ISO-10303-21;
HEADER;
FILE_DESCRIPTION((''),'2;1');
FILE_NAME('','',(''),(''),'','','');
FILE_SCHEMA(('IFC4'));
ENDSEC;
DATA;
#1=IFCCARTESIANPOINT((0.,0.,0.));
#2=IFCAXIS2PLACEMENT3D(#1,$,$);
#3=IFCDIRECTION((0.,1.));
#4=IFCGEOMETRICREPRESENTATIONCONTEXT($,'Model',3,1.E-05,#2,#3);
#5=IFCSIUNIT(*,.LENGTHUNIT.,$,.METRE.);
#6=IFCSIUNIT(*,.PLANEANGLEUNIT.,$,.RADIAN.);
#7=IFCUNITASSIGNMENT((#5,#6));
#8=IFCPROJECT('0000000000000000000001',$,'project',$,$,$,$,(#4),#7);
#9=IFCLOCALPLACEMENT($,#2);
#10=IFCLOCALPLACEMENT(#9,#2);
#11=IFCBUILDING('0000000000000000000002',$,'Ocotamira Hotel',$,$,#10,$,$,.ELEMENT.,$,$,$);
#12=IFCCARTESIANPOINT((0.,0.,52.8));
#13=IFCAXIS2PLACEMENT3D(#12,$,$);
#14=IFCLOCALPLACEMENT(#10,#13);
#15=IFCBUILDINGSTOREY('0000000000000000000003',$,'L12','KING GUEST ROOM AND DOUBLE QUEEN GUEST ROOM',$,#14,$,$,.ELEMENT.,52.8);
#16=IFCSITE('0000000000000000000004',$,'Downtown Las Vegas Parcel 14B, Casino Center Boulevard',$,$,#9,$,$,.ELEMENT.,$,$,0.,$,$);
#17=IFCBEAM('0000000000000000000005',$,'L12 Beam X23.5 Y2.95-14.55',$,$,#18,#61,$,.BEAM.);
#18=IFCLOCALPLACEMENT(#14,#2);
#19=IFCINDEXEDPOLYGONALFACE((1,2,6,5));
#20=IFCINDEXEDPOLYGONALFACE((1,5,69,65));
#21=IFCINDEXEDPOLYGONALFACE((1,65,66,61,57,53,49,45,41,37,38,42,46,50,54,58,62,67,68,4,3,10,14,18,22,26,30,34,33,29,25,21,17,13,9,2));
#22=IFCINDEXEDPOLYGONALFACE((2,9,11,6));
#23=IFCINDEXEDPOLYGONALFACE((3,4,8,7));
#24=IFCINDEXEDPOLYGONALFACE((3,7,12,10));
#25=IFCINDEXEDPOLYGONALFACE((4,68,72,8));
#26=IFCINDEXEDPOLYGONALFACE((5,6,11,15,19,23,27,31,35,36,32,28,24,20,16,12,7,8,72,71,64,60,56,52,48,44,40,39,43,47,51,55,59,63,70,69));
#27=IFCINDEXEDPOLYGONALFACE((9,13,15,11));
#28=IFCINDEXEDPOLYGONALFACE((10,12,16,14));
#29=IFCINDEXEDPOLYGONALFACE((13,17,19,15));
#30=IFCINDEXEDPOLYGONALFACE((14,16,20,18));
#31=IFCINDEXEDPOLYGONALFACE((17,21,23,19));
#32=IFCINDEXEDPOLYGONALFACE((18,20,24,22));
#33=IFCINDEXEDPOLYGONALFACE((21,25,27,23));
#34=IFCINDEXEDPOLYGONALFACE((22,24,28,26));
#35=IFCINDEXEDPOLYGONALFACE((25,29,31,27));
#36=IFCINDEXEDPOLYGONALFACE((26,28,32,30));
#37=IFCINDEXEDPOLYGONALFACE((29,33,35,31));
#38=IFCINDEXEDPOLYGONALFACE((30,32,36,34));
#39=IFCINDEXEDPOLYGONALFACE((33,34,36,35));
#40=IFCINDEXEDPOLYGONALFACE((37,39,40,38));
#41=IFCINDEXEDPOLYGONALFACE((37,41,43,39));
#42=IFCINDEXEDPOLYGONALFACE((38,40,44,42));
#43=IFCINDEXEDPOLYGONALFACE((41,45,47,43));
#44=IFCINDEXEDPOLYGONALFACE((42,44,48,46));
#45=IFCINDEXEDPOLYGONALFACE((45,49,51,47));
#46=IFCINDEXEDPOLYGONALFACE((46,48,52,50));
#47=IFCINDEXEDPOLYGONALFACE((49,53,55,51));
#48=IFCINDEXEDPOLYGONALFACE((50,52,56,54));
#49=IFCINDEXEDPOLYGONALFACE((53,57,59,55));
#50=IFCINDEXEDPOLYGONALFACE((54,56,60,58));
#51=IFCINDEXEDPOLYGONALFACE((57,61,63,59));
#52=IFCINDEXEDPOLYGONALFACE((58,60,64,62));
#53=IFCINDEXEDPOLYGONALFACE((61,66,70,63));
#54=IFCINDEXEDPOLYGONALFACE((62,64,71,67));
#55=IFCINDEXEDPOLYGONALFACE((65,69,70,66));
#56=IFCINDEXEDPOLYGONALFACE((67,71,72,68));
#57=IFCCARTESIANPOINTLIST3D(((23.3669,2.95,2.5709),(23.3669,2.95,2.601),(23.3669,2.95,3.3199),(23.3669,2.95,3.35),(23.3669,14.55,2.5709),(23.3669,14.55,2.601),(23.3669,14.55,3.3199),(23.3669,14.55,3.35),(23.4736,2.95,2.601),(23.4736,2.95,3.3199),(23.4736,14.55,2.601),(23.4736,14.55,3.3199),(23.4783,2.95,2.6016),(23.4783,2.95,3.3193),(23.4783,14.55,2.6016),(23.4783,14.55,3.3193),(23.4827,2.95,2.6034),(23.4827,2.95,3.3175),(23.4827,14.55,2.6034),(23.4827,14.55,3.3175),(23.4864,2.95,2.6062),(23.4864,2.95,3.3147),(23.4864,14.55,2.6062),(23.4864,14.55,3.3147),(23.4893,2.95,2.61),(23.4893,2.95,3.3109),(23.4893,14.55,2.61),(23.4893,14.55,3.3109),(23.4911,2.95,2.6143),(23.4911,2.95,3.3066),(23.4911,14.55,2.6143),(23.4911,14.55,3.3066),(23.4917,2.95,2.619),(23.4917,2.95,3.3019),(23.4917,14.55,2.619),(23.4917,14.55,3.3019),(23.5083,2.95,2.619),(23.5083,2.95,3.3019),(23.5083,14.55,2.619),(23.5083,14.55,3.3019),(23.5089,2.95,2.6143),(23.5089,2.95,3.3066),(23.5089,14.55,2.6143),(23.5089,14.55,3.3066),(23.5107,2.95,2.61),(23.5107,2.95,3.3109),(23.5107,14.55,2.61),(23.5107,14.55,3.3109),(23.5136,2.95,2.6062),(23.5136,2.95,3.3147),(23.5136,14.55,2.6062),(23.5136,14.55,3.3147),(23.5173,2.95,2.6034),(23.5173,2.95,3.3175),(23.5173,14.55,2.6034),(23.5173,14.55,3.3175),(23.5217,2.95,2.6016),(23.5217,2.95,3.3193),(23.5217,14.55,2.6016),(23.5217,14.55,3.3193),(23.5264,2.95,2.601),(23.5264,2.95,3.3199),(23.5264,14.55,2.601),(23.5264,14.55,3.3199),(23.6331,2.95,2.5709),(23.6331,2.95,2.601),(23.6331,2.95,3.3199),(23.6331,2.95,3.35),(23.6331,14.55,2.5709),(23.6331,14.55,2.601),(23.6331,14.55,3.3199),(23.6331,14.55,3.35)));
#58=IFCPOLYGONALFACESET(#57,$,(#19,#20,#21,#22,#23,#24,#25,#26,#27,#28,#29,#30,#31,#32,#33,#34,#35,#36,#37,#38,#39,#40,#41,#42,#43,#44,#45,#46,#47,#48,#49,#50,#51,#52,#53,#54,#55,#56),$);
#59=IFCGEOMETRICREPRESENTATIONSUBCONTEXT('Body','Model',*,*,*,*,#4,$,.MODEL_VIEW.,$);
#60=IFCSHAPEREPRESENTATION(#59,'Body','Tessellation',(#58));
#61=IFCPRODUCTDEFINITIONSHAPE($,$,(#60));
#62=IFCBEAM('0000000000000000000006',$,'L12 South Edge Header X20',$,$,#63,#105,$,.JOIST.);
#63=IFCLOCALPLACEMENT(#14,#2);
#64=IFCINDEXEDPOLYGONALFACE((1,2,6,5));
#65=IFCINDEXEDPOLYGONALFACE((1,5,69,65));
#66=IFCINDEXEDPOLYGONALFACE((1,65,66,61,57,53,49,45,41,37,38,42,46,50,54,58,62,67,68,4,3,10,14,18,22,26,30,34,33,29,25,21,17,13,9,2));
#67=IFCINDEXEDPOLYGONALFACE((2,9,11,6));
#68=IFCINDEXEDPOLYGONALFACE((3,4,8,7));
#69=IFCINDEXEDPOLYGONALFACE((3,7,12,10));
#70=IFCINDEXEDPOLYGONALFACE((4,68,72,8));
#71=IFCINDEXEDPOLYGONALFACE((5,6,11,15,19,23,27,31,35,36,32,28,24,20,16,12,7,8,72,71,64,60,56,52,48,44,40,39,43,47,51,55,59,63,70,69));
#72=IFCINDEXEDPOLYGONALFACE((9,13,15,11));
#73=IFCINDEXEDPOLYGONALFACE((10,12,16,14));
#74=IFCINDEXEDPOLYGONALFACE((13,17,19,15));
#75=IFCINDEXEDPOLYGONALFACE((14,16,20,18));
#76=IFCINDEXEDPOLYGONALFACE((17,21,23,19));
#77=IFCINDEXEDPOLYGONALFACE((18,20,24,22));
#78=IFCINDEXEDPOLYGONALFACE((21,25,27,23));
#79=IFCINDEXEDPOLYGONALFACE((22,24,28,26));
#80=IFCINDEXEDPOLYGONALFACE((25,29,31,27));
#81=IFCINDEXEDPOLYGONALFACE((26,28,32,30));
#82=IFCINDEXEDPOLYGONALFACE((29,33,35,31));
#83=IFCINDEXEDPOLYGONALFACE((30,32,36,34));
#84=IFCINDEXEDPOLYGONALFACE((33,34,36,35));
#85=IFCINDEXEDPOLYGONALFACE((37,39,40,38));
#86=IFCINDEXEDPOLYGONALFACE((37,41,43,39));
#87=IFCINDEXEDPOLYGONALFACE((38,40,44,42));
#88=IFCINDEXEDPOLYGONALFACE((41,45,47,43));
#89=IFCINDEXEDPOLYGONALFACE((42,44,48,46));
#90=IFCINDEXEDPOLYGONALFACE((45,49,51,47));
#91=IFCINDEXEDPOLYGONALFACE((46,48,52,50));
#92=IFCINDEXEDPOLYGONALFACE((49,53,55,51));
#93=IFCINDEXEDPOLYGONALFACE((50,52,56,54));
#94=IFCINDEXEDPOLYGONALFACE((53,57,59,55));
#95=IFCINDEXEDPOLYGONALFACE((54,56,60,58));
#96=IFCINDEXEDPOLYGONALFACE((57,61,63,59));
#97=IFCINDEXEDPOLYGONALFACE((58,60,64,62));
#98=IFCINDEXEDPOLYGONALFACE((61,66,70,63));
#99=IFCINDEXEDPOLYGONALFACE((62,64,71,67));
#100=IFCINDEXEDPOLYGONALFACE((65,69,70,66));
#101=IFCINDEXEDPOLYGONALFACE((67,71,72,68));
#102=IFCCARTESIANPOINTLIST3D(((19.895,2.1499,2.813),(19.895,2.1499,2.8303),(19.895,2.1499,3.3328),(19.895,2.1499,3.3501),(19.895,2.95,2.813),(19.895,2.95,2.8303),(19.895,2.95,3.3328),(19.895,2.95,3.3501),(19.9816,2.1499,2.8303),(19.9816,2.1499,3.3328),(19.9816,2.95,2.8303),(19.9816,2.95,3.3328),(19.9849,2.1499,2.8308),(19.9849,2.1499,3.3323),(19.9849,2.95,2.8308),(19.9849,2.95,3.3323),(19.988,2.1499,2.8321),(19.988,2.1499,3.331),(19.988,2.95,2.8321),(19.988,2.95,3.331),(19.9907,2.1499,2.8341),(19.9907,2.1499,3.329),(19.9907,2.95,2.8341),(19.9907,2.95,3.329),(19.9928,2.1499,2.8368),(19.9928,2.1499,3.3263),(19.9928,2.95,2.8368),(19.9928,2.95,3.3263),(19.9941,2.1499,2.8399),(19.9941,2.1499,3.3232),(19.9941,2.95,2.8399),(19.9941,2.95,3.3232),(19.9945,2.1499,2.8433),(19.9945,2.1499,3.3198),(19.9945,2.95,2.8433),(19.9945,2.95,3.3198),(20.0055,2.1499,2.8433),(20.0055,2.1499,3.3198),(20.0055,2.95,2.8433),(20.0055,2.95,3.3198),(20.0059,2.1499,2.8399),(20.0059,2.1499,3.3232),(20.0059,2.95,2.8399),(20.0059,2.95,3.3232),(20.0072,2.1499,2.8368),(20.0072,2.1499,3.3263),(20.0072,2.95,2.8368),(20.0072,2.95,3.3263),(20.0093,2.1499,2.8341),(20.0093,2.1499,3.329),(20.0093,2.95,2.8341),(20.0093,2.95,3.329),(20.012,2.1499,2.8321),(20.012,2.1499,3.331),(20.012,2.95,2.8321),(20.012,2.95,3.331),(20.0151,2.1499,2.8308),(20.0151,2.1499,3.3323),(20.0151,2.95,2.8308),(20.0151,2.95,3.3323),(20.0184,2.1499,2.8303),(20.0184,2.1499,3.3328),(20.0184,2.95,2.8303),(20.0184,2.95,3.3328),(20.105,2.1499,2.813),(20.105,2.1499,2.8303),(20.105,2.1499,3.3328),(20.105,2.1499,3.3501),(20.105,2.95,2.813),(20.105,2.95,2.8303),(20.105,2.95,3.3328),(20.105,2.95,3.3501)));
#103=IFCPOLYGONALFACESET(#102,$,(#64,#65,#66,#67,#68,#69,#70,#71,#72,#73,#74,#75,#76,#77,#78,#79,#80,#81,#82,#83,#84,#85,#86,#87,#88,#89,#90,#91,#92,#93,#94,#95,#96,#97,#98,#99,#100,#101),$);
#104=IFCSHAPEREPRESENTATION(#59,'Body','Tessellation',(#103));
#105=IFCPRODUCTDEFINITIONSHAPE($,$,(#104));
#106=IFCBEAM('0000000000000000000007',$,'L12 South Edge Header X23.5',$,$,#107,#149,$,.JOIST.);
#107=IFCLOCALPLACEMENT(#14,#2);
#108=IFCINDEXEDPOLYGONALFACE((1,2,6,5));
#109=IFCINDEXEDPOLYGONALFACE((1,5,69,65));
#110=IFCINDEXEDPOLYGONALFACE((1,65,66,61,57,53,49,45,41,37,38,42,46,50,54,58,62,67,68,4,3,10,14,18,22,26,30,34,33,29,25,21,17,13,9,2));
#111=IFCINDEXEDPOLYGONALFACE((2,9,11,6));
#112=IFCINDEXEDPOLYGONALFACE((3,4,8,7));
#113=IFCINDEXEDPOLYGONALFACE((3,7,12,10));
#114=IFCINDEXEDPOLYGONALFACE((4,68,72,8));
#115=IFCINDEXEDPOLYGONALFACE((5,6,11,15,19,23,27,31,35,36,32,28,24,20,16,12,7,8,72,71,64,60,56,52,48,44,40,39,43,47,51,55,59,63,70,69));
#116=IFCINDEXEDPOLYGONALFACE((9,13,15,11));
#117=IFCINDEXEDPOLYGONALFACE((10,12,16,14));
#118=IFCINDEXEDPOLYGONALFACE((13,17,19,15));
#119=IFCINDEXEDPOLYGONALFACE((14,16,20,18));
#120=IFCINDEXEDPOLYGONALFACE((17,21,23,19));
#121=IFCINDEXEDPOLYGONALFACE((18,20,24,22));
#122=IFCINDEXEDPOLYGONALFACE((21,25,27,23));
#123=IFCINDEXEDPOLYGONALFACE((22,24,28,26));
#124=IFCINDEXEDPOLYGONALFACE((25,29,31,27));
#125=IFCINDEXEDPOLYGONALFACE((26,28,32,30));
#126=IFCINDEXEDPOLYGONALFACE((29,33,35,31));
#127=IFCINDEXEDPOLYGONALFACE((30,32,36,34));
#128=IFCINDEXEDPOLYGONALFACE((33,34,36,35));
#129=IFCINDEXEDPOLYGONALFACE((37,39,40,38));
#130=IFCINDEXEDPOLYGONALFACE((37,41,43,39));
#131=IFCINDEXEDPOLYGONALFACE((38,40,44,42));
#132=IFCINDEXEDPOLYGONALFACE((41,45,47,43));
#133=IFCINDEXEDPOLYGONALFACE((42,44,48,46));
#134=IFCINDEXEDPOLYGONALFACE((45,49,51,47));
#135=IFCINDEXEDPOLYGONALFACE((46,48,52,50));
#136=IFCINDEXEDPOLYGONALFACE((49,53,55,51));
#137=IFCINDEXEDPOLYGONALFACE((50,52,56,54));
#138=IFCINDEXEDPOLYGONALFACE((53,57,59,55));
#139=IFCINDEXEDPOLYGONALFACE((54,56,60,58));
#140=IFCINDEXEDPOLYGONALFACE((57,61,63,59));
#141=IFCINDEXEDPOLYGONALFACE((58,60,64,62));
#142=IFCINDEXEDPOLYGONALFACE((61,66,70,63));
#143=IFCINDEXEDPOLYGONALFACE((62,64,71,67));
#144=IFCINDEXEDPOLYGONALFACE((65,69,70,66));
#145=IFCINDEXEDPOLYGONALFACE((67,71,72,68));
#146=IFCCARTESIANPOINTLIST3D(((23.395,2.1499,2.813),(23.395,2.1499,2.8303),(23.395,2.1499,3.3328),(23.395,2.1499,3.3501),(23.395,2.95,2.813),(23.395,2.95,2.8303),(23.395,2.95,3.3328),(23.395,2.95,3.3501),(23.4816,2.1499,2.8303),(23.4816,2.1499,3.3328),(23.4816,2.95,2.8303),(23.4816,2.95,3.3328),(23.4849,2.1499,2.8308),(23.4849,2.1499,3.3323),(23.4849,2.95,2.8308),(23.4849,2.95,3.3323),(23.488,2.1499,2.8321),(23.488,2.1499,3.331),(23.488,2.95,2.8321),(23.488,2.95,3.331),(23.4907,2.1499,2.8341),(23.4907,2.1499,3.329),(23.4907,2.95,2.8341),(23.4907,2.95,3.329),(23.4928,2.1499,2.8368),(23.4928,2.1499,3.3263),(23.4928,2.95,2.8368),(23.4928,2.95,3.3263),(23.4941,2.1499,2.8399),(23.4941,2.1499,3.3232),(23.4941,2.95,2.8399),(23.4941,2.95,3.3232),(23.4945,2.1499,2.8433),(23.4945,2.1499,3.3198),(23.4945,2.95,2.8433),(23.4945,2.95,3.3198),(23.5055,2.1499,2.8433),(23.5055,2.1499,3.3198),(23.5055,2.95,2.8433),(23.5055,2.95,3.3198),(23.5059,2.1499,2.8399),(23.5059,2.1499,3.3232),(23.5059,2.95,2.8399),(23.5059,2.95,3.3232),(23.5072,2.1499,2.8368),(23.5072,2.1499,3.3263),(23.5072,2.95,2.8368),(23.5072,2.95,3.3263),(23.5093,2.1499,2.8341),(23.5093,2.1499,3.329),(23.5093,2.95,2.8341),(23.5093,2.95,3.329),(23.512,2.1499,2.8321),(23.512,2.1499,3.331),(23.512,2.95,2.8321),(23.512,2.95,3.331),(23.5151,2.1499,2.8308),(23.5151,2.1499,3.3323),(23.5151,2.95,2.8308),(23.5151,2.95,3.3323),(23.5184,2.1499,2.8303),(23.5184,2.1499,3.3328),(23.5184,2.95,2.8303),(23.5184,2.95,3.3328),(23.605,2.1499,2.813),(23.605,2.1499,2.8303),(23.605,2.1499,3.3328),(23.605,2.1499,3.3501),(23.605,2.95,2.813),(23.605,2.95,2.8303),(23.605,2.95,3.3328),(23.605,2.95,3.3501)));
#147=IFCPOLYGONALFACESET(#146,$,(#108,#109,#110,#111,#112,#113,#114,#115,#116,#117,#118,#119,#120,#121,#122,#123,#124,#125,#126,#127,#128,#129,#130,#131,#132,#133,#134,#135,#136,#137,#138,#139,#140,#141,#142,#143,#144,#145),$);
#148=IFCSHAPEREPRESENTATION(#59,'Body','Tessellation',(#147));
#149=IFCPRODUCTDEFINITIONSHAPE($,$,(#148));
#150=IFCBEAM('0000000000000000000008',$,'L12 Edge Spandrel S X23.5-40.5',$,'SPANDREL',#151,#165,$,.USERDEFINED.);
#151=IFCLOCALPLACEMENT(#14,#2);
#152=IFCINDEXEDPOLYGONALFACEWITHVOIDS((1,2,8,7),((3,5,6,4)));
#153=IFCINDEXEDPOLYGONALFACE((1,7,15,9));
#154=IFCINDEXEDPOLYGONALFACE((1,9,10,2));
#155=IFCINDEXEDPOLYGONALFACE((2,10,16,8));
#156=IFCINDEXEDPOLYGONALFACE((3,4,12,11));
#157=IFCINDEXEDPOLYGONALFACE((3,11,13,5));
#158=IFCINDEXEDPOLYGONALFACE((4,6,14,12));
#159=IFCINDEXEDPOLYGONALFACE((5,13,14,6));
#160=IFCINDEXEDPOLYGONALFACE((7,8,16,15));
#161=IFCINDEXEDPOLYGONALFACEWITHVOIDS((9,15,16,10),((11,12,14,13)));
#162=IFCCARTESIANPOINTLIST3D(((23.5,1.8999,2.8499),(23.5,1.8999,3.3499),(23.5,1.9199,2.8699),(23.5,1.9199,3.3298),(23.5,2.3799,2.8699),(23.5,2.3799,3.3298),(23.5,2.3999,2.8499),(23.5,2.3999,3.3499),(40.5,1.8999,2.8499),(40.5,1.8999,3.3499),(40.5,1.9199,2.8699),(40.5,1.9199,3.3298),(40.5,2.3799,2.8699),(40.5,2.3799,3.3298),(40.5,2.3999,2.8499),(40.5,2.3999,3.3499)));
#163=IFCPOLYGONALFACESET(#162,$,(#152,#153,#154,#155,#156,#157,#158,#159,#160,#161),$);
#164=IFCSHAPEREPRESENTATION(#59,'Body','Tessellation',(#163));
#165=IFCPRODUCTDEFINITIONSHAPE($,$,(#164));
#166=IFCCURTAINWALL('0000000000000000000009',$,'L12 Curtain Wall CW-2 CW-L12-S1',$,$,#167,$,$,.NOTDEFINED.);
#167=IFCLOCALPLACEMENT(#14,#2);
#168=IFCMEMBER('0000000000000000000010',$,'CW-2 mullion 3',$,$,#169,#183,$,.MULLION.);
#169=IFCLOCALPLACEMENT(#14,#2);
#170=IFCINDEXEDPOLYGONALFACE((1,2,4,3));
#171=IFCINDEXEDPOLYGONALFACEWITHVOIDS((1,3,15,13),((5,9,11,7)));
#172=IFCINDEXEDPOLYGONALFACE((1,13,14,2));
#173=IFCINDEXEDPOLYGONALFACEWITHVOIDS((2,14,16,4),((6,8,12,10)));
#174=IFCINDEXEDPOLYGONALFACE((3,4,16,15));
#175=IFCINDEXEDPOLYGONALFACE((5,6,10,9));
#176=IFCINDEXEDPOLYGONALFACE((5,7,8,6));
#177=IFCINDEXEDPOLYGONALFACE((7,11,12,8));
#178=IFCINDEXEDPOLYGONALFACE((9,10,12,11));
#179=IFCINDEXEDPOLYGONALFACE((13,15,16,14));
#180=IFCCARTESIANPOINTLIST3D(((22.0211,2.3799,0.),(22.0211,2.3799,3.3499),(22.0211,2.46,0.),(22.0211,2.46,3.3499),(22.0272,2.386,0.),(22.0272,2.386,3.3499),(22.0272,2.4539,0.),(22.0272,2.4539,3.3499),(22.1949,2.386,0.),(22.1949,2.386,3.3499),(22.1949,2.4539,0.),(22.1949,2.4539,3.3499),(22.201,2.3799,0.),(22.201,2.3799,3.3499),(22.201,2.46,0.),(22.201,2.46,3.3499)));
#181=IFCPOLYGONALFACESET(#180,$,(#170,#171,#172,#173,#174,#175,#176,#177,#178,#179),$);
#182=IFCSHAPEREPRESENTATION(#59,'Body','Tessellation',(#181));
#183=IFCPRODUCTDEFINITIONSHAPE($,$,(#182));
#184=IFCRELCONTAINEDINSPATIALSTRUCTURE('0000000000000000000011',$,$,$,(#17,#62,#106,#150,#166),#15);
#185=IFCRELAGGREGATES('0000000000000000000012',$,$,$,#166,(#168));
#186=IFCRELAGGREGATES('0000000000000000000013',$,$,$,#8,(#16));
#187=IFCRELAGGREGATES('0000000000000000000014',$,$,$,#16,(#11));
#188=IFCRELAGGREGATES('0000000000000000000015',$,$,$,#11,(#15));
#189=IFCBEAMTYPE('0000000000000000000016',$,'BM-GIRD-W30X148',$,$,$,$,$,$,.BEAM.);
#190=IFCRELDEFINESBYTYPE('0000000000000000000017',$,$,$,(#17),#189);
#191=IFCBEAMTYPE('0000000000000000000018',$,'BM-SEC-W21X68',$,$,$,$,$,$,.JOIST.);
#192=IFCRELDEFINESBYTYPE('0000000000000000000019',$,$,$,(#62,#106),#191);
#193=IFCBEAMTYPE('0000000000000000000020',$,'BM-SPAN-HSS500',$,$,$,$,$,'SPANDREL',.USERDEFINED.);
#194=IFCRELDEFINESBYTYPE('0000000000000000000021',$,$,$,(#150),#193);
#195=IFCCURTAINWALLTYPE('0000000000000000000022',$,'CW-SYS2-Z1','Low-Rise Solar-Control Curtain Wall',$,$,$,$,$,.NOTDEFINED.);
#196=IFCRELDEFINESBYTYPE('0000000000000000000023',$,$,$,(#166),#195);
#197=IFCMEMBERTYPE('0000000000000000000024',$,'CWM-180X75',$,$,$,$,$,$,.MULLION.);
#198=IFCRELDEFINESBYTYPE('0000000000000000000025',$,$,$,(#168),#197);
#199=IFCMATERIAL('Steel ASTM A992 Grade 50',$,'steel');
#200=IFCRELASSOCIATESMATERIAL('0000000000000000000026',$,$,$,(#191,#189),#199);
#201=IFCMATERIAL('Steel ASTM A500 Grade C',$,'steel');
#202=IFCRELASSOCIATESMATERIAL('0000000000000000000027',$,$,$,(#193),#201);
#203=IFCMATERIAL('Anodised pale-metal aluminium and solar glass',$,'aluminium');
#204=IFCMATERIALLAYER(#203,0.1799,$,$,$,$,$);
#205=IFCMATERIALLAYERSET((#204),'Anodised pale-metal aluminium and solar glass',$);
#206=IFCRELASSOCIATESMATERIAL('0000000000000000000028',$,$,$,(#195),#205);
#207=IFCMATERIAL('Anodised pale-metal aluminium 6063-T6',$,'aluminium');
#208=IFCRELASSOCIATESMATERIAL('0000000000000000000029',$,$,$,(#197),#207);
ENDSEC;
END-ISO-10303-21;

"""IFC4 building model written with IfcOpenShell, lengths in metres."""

from ifc_helpers import new_model, si_unit, direction, frame, origin, origin_2d, place, context, subcontext, project, spatial, hollow_rectangle, i_section, extrude, source, transform, mapped, material, layer, layer_set, material_profile, profile_set, type_object, element, aggregate, save


model = new_model("IFC4")

# Units and contexts
model_context = context("Model", 3, precision=1e-05, world=origin(), true_north=direction((0.0, 1.0)))
body_context = subcontext(model_context, "Body", "Model", "MODEL_VIEW")
ifc_project = project(units=[si_unit("LENGTHUNIT", "METRE"), si_unit("PLANEANGLEUNIT", "RADIAN")], contexts=[model_context])

# Site, building, storey
site_placement = place(None, origin())
site = spatial("IfcSite", under=ifc_project, at=site_placement, Name="Downtown Las Vegas Parcel 14B, Casino Center Boulevard", CompositionType="ELEMENT", RefElevation=0.0)
building_placement = place(site_placement, origin())
building = spatial("IfcBuilding", under=site, at=building_placement, Name="Ocotamira Hotel", CompositionType="ELEMENT")
storey_placement = place(building_placement, frame((0.0, 0.0, 52.8)))
storey = spatial("IfcBuildingStorey", under=building, at=storey_placement, Name="L12", Description="KING GUEST ROOM AND DOUBLE QUEEN GUEST ROOM", CompositionType="ELEMENT", Elevation=52.8)

# Beams
ifc_material_1 = material(Name="Steel ASTM A992 Grade 50", Category="steel")
ifc_material_profile_1 = material_profile(ifc_material_1, i_section(OverallWidth=0.21, OverallDepth=0.5371, WebThickness=0.011, FlangeThickness=0.0173, FilletRadius=0.0129, at=origin_2d()), Name="W21X68")
ifc_profile_set_1 = profile_set([ifc_material_profile_1], Name="Steel ASTM A992 Grade 50")
beam_type_1 = type_object("IfcBeamType", Name="BM-SEC-W21X68", PredefinedType="JOIST", material=ifc_profile_set_1)
ifc_material_profile_2 = material_profile(ifc_material_1, i_section(OverallWidth=0.2661, OverallDepth=0.7791, WebThickness=0.0166, FlangeThickness=0.03, FilletRadius=0.0181, at=origin_2d()), Name="W30X148")
ifc_profile_set_2 = profile_set([ifc_material_profile_2], Name="Steel ASTM A992 Grade 50")
beam_type_2 = type_object("IfcBeamType", Name="BM-GIRD-W30X148", PredefinedType="BEAM", material=ifc_profile_set_2)
shared_shape_1 = source(origin(), body_context, "Body", "SweptSolid", [
    extrude(i_section(OverallWidth=0.2661, OverallDepth=0.7791, WebThickness=0.0166, FlangeThickness=0.03, FilletRadius=0.0181, at=origin_2d()), origin(), (0.0, 0.0, 1.0), 11.6001),
])
beam_1_placement = place(storey_placement, frame((23.5, 2.95, 2.9604), z_axis=(0.0, 1.0, 0.0), x_axis=(-1.0, 0.0, 0.0)))
element("IfcBeam", 1, at=beam_1_placement, inside=storey, type_object=beam_type_2, Name="L12 Beam X23.5 Y2.95-14.55", PredefinedType="BEAM", context=body_context, shape_type="MappedRepresentation", body=[
    mapped(shared_shape_1, transform((0.0, 0.0, 0.0), scale=1.0)),
])
shared_shape_2 = source(origin(), body_context, "Body", "SweptSolid", [
    extrude(i_section(OverallWidth=0.21, OverallDepth=0.5371, WebThickness=0.011, FlangeThickness=0.0173, FilletRadius=0.0129, at=origin_2d()), origin(), (0.0, 0.0, 1.0), 0.8),
])
for number, where, z_axis, x_axis, name in (
    (2, (20.0, 2.95, 3.0815), (0.0, -1.0, 0.0), (1.0, 0.0, 0.0), "L12 South Edge Header X20"),
    (3, (23.5, 2.95, 3.0815), (0.0, -1.0, 0.0), (1.0, 0.0, 0.0), "L12 South Edge Header X23.5"),
):
    element("IfcBeam", number, at=place(storey_placement, frame(where, z_axis=z_axis, x_axis=x_axis)), inside=storey, type_object=beam_type_1, Name=name, PredefinedType="JOIST", context=body_context, shape_type="MappedRepresentation", body=[
        mapped(shared_shape_2, transform((0.0, 0.0, 0.0), scale=1.0)),
    ])
ifc_material_2 = material(Name="Steel ASTM A500 Grade C", Category="steel")
ifc_material_profile_3 = material_profile(ifc_material_2, hollow_rectangle(XDim=0.5, YDim=0.5, WallThickness=0.02, at=origin_2d()), Name="HSS500X500X20")
ifc_profile_set_3 = profile_set([ifc_material_profile_3], Name="Steel ASTM A500 Grade C")
beam_type_3 = type_object("IfcBeamType", Name="BM-SPAN-HSS500", ElementType="SPANDREL", PredefinedType="USERDEFINED", material=ifc_profile_set_3)
shared_shape_3 = source(origin(), body_context, "Body", "SweptSolid", [
    extrude(hollow_rectangle(XDim=0.5, YDim=0.5, WallThickness=0.02, at=origin_2d()), origin(), (0.0, 0.0, 1.0), 17.0),
])
beam_2_placement = place(storey_placement, frame((23.5, 2.1499, 3.0999), z_axis=(1.0, 0.0, 0.0), x_axis=(0.0, 1.0, 0.0)))
element("IfcBeam", 4, at=beam_2_placement, inside=storey, type_object=beam_type_3, Name="L12 Edge Spandrel S X23.5-40.5", ObjectType="SPANDREL", PredefinedType="USERDEFINED", context=body_context, shape_type="MappedRepresentation", body=[
    mapped(shared_shape_3, transform((0.0, 0.0, 0.0), scale=1.0)),
])

# Curtain wall, member
ifc_material_3 = material(Name="Anodised pale-metal aluminium and solar glass", Category="aluminium")
ifc_layer_1 = layer(ifc_material_3, 0.1799)
ifc_layer_set_1 = layer_set([ifc_layer_1], Name="Anodised pale-metal aluminium and solar glass")
curtain_wall_type = type_object("IfcCurtainWallType", Name="CW-SYS2-Z1", Description="Low-Rise Solar-Control Curtain Wall", PredefinedType="NOTDEFINED", material=ifc_layer_set_1)
curtain_wall_placement = place(storey_placement, origin())
curtain_wall = element("IfcCurtainWall", 5, at=curtain_wall_placement, inside=storey, type_object=curtain_wall_type, Name="L12 Curtain Wall CW-2 CW-L12-S1", PredefinedType="NOTDEFINED")
ifc_material_4 = material(Name="Anodised pale-metal aluminium 6063-T6", Category="aluminium")
ifc_material_profile_4 = material_profile(ifc_material_4, hollow_rectangle(XDim=0.0801, YDim=0.1799, WallThickness=0.0061, at=origin_2d()), Name="HSS180X80X6")
ifc_profile_set_4 = profile_set([ifc_material_profile_4], Name="Anodised pale-metal aluminium 6063-T6")
member_type_1 = type_object("IfcMemberType", Name="CWM-180X75", PredefinedType="MULLION", material=ifc_profile_set_4)
shared_shape_4 = source(origin(), body_context, "Body", "SweptSolid", [
    extrude(hollow_rectangle(XDim=0.0801, YDim=0.1799, WallThickness=0.0061, at=origin_2d()), origin(), (0.0, 0.0, 1.0), 3.3499),
])
member_1_placement = place(storey_placement, frame((22.1111, 2.4199, 0.0), z_axis=(0.0, 0.0, 1.0), x_axis=(0.0, 1.0, 0.0)))
member_1 = element("IfcMember", 6, at=member_1_placement, type_object=member_type_1, Name="CW-2 mullion 3", PredefinedType="MULLION", context=body_context, shape_type="MappedRepresentation", body=[
    mapped(shared_shape_4, transform((0.0, 0.0, 0.0), scale=1.0)),
])

aggregate(curtain_wall, [member_1])

save(model, "model.ifc")
